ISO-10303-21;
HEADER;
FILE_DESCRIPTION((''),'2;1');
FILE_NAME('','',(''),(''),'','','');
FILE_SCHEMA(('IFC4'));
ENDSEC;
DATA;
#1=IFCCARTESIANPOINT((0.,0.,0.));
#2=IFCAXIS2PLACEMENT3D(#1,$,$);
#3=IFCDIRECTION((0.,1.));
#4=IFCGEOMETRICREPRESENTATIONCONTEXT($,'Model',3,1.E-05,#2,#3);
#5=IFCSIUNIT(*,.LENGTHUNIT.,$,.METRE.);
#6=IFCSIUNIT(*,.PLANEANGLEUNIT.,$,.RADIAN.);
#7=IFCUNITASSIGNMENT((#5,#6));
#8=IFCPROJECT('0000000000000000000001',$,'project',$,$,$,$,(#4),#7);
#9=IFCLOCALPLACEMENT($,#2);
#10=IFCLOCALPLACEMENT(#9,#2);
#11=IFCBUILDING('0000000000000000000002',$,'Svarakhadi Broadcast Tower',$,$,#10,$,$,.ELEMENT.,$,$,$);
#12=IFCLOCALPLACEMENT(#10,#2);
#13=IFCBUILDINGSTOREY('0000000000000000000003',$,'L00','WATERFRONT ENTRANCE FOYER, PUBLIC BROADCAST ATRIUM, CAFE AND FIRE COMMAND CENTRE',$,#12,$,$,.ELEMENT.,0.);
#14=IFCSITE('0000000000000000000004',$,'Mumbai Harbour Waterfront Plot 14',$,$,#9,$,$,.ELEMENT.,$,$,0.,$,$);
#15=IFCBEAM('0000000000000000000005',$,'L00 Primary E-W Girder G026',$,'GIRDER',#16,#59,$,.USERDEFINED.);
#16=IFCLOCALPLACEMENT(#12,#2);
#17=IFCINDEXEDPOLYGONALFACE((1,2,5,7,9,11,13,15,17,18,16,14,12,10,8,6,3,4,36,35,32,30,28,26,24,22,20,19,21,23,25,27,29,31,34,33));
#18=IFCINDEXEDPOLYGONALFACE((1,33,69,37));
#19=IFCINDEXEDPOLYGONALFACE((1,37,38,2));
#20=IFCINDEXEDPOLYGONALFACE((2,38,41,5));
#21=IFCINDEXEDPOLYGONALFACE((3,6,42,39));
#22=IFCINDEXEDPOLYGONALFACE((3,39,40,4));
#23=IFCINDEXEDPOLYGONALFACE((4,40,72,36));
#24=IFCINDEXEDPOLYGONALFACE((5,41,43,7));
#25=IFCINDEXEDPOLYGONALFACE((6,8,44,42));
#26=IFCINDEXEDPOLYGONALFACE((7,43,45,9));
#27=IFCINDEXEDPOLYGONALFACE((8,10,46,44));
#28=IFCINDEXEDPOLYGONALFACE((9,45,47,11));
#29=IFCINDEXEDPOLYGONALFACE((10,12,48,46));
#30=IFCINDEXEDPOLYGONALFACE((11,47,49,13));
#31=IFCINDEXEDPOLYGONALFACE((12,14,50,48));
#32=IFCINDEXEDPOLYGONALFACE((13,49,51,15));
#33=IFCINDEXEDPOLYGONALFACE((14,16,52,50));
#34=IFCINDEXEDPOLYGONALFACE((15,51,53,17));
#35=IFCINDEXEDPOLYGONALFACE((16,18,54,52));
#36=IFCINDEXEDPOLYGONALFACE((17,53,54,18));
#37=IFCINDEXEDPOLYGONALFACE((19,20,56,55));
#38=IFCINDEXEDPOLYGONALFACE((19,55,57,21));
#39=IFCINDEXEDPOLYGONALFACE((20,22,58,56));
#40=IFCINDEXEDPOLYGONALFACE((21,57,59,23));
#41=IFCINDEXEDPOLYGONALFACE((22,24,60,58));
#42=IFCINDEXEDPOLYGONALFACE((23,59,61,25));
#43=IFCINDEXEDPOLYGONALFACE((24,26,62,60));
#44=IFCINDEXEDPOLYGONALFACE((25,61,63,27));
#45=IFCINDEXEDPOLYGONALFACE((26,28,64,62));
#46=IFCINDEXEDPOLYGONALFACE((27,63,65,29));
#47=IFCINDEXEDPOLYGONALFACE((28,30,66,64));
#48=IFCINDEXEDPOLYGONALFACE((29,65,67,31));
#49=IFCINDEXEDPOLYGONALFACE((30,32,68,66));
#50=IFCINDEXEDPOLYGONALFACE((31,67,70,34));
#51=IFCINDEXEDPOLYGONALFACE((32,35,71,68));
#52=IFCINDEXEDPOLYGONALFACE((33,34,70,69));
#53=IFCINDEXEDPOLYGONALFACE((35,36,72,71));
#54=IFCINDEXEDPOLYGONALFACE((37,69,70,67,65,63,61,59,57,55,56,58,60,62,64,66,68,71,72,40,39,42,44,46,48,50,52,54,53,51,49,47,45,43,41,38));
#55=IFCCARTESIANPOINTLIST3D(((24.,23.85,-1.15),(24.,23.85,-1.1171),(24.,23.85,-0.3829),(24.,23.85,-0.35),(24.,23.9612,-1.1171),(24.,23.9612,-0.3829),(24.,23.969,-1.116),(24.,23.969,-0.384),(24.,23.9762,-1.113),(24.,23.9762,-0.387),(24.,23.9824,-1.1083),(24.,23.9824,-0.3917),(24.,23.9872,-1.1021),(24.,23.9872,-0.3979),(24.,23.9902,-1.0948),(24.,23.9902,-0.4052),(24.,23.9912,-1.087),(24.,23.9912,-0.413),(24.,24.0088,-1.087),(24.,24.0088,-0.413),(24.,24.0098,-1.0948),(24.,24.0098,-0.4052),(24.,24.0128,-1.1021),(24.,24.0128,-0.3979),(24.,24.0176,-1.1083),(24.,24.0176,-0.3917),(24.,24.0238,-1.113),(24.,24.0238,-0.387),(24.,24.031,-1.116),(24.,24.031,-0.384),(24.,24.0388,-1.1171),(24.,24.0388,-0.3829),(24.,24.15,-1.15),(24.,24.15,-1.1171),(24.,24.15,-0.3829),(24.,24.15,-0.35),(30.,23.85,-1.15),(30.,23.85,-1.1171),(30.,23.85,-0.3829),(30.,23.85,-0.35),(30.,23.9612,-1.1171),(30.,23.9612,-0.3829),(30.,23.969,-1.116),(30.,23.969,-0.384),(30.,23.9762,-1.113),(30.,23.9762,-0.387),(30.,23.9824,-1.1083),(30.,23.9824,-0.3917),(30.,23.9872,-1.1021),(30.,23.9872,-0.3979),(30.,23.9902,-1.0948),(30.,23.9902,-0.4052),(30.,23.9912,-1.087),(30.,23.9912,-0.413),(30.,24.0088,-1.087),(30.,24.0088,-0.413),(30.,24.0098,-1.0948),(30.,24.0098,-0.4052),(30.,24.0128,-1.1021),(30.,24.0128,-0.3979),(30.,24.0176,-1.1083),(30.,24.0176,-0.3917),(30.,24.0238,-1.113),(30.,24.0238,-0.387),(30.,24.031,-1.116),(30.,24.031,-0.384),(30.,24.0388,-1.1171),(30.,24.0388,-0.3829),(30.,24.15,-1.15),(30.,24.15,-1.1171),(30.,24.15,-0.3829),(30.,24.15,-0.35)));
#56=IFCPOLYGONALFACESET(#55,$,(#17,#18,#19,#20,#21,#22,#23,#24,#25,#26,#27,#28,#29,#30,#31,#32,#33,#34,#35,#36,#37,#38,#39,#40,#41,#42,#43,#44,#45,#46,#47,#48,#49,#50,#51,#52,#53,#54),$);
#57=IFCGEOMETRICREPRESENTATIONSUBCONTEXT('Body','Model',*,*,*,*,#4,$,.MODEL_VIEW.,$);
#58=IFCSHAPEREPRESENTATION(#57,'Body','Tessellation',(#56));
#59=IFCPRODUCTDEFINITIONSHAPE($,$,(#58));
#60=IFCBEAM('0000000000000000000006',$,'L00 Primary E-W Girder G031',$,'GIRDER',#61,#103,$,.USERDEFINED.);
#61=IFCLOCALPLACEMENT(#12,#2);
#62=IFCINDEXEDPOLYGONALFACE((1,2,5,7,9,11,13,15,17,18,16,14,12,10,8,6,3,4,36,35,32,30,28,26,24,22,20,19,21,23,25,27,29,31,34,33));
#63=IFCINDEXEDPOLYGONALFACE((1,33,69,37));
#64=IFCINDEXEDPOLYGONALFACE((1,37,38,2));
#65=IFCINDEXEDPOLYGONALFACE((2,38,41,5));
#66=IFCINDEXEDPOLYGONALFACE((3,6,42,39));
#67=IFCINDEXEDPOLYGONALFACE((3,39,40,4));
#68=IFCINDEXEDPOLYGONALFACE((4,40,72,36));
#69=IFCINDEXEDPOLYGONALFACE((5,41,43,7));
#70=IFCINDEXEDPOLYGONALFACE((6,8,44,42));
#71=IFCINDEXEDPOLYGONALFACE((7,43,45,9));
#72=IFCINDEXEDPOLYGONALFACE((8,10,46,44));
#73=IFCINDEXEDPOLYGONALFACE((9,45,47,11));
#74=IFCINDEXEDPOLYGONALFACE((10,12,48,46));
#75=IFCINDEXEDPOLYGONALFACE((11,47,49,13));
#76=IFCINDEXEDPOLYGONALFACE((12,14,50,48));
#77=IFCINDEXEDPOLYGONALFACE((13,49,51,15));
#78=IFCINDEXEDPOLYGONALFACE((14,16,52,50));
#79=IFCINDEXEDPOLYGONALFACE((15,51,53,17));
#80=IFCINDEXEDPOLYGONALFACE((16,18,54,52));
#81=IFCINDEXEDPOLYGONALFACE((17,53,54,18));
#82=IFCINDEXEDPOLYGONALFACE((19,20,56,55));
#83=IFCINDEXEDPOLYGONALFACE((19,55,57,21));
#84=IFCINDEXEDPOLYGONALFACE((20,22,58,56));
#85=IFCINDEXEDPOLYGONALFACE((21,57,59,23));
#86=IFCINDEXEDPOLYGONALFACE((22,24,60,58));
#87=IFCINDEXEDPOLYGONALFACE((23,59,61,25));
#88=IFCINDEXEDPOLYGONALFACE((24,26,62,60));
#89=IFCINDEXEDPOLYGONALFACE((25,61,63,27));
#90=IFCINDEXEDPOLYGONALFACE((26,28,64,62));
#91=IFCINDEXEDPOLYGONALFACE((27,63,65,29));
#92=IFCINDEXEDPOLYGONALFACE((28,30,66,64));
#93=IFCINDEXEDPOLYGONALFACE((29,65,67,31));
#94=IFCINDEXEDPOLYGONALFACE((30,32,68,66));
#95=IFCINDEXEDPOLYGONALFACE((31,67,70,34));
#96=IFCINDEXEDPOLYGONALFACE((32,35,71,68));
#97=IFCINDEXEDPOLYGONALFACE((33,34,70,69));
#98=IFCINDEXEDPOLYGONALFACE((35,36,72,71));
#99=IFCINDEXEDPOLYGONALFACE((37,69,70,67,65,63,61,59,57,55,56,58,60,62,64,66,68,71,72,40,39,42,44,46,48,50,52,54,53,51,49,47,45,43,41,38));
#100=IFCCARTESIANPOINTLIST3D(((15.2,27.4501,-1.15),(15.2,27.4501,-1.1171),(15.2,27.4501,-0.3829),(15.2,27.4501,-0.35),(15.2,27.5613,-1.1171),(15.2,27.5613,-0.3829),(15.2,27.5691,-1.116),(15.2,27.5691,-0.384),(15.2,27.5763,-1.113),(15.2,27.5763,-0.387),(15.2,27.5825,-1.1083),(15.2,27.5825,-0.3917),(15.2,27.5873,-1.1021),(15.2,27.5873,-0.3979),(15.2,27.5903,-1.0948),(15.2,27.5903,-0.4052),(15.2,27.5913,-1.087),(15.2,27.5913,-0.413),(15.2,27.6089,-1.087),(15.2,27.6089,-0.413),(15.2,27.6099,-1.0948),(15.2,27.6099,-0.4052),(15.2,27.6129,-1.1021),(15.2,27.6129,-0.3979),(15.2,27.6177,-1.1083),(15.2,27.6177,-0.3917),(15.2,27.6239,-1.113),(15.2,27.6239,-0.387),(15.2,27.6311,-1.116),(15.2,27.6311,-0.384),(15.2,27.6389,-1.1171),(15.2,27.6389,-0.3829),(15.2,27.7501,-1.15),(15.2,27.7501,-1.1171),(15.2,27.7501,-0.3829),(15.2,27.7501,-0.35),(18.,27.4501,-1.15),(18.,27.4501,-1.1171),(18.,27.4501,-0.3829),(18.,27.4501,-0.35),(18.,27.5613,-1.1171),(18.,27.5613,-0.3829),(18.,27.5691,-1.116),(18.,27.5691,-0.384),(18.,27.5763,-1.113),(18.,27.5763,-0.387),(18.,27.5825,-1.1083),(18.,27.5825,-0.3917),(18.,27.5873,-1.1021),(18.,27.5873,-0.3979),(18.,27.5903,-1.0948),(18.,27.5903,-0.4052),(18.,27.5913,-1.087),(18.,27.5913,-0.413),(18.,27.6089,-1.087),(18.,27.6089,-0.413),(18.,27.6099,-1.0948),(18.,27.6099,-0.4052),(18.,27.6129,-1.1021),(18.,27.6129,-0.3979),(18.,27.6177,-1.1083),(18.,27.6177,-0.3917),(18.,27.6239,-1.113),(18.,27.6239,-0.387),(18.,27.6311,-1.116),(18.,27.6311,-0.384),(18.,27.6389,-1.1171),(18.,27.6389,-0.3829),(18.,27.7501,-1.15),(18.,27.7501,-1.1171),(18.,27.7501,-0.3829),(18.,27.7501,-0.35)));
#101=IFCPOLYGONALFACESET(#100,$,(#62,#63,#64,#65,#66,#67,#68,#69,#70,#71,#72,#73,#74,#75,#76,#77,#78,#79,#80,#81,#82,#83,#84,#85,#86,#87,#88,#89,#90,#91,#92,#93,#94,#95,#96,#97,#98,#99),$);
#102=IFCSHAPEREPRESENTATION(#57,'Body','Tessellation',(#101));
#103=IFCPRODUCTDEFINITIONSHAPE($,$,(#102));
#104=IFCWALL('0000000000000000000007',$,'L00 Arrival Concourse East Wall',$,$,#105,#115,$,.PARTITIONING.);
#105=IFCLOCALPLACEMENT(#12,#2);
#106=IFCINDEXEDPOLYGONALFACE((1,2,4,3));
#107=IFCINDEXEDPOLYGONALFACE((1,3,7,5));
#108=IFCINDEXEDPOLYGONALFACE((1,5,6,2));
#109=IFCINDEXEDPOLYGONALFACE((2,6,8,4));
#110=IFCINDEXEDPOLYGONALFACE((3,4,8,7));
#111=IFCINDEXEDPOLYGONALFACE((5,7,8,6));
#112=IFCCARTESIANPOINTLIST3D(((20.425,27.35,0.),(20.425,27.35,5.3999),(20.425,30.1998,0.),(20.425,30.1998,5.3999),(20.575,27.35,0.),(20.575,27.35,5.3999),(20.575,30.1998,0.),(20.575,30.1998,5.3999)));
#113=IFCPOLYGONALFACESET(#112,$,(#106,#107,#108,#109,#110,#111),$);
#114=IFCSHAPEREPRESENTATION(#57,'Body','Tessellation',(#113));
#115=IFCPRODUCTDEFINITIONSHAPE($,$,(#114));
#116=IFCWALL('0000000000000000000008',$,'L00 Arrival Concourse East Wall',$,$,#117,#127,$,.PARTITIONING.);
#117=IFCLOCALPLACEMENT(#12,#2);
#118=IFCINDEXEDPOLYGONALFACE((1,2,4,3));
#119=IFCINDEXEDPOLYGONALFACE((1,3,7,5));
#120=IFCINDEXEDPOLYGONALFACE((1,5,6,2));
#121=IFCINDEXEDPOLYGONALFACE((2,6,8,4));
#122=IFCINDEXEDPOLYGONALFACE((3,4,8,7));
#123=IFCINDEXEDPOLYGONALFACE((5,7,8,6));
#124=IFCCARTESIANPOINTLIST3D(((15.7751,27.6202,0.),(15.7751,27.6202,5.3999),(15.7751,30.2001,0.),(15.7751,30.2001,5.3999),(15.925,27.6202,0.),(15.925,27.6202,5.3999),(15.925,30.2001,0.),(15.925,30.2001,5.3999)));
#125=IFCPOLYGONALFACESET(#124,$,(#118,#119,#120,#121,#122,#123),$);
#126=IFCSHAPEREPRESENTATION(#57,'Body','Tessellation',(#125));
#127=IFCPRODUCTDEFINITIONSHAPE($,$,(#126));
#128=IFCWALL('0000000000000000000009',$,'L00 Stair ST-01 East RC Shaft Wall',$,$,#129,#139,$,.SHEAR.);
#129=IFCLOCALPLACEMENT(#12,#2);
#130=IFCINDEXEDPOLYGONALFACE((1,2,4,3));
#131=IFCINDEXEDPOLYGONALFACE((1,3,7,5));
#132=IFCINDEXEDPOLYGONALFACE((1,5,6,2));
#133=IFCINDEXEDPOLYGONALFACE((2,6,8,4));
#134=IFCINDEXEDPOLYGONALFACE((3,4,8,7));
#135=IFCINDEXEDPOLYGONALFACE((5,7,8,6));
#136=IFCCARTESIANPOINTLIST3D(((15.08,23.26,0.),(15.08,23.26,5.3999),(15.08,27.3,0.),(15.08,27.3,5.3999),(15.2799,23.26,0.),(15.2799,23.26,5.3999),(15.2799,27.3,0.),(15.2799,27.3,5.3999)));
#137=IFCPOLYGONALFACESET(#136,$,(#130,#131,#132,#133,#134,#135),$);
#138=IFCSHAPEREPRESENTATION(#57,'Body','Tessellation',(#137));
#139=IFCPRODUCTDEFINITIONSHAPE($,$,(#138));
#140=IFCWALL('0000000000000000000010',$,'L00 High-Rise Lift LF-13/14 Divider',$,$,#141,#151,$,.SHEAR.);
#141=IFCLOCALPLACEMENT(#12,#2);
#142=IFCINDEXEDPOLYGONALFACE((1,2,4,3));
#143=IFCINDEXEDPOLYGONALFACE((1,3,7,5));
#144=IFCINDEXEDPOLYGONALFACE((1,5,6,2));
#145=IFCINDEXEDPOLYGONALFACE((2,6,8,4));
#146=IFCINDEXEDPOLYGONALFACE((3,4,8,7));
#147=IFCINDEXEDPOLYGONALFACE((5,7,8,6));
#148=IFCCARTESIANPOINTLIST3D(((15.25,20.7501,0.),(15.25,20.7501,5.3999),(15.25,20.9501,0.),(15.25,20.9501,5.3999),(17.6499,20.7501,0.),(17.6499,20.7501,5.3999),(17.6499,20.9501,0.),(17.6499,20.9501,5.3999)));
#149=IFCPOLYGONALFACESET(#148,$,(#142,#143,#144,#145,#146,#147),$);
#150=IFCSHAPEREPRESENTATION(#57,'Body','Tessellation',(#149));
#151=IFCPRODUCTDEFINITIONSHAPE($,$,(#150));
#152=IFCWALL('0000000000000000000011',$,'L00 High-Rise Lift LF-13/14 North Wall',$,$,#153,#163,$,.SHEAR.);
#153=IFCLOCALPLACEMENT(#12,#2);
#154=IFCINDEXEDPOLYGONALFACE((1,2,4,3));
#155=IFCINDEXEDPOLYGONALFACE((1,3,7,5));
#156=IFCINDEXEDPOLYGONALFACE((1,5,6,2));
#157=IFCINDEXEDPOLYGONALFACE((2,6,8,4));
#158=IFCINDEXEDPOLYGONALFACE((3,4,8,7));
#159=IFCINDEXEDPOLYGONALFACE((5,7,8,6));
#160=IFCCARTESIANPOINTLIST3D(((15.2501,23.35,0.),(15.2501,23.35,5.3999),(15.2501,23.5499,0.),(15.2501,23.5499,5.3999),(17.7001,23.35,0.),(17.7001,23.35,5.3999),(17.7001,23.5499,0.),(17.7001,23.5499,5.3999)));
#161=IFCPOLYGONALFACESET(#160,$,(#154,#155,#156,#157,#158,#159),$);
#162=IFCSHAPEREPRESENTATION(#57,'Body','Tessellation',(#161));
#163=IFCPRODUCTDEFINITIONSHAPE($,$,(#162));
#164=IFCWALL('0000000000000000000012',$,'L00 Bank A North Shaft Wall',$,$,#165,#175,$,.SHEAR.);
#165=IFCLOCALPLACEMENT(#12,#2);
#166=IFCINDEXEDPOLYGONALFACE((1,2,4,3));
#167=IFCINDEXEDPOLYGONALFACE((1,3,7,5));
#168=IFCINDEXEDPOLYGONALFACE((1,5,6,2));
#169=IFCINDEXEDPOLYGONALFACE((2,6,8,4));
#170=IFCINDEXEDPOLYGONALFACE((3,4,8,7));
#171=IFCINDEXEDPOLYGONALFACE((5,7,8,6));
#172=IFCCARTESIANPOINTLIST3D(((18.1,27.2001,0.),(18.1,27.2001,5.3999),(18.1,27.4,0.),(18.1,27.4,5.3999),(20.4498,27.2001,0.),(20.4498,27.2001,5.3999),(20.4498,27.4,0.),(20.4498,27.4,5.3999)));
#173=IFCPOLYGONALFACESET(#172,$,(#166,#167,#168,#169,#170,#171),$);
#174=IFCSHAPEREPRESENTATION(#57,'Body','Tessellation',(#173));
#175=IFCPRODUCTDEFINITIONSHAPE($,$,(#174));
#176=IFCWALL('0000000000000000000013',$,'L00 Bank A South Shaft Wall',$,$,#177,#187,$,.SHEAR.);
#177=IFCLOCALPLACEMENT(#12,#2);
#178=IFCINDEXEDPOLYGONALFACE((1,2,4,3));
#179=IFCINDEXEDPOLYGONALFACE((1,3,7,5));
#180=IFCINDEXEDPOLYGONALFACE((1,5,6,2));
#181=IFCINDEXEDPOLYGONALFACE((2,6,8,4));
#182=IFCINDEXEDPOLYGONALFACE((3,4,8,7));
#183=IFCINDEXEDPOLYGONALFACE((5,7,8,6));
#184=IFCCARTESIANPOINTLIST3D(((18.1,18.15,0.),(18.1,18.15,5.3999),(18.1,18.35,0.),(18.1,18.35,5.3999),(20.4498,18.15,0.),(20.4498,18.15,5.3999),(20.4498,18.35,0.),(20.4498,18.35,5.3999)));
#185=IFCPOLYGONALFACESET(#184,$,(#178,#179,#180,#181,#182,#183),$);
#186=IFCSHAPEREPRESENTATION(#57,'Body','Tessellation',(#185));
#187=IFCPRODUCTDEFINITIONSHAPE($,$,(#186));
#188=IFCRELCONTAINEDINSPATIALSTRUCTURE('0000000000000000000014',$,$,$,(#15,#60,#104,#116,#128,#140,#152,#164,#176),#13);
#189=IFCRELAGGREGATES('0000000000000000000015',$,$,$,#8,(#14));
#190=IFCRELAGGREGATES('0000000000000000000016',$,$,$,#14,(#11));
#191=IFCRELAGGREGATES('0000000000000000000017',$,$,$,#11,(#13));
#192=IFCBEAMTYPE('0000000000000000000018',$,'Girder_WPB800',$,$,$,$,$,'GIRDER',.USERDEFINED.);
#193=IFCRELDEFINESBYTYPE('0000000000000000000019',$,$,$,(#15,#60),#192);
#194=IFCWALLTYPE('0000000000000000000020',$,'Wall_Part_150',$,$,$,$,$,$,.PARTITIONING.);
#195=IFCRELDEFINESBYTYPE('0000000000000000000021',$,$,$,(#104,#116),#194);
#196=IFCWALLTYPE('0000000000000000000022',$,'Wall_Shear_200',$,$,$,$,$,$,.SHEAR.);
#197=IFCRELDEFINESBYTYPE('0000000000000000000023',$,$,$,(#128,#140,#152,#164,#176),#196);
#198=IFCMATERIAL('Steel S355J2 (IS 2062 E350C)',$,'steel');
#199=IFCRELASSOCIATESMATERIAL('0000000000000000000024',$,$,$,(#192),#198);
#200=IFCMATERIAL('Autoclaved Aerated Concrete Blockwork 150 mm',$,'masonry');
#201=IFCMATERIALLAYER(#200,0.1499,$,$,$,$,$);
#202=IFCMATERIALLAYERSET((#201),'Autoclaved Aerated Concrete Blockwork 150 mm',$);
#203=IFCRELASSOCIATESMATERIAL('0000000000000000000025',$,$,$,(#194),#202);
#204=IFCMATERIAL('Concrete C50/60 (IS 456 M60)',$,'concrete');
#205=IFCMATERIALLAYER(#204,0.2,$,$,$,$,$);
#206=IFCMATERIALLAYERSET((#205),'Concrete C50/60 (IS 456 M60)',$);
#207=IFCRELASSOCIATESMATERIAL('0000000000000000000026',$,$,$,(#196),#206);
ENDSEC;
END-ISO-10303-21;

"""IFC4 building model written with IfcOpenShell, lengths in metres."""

from ifc_helpers import new_model, si_unit, direction, frame, frame_2d, origin, origin_2d, place, context, subcontext, project, spatial, rectangle, i_section, extrude, material, layer, layer_set, material_profile, profile_set, type_object, element, save


model = new_model("IFC4")

# Units and contexts
model_context = context("Model", 3, precision=1e-05, world=origin(), true_north=direction((0.0, 1.0)))
body_context = subcontext(model_context, "Body", "Model", "MODEL_VIEW")
ifc_project = project(units=[si_unit("LENGTHUNIT", "METRE"), si_unit("PLANEANGLEUNIT", "RADIAN")], contexts=[model_context])

# Site, building, storey
site_placement = place(None, origin())
site = spatial("IfcSite", under=ifc_project, at=site_placement, Name="Mumbai Harbour Waterfront Plot 14", CompositionType="ELEMENT", RefElevation=0.0)
building_placement = place(site_placement, origin())
building = spatial("IfcBuilding", under=site, at=building_placement, Name="Svarakhadi Broadcast Tower", CompositionType="ELEMENT")
storey_placement = place(building_placement, origin())
storey = spatial("IfcBuildingStorey", under=building, at=storey_placement, Name="L00", Description="WATERFRONT ENTRANCE FOYER, PUBLIC BROADCAST ATRIUM, CAFE AND FIRE COMMAND CENTRE", CompositionType="ELEMENT", Elevation=0.0)

# Beams
ifc_material_1 = material(Name="Steel S355J2 (IS 2062 E350C)", Category="steel")
ifc_material_profile_1 = material_profile(ifc_material_1, i_section(OverallWidth=0.3, OverallDepth=0.8, WebThickness=0.0176, FlangeThickness=0.033, FilletRadius=0.03, at=origin_2d()), Name="WPB 800x300x262")
ifc_profile_set_1 = profile_set([ifc_material_profile_1], Name="Steel S355J2 (IS 2062 E350C)")
beam_type_1 = type_object("IfcBeamType", Name="Girder_WPB800", ElementType="GIRDER", PredefinedType="USERDEFINED", material=ifc_profile_set_1)
beam_1_placement = place(storey_placement, frame((24.0, 24.0, -0.75), z_axis=(1.0, 0.0, 0.0), x_axis=(0.0, 1.0, 0.0)))
element("IfcBeam", 1, at=beam_1_placement, inside=storey, type_object=beam_type_1, Name="L00 Primary E-W Girder G026", ObjectType="GIRDER", PredefinedType="USERDEFINED", context=body_context, shape_type="SweptSolid", body=[
    extrude(i_section(OverallWidth=0.3, OverallDepth=0.8, WebThickness=0.0176, FlangeThickness=0.033, FilletRadius=0.03, at=origin_2d()), origin(), (0.0, 0.0, 1.0), 6.0),
])
beam_2_placement = place(storey_placement, frame((15.2, 27.6001, -0.75), z_axis=(1.0, 0.0, 0.0), x_axis=(0.0, 1.0, 0.0)))
element("IfcBeam", 2, at=beam_2_placement, inside=storey, type_object=beam_type_1, Name="L00 Primary E-W Girder G031", ObjectType="GIRDER", PredefinedType="USERDEFINED", context=body_context, shape_type="SweptSolid", body=[
    extrude(i_section(OverallWidth=0.3, OverallDepth=0.8, WebThickness=0.0176, FlangeThickness=0.033, FilletRadius=0.03, at=origin_2d()), origin(), (0.0, 0.0, 1.0), 2.8),
])

# Walls
ifc_material_2 = material(Name="Autoclaved Aerated Concrete Blockwork 150 mm", Category="masonry")
ifc_layer_1 = layer(ifc_material_2, 0.1499)
ifc_layer_set_1 = layer_set([ifc_layer_1], Name="Autoclaved Aerated Concrete Blockwork 150 mm")
wall_type_1 = type_object("IfcWallType", Name="Wall_Part_150", PredefinedType="PARTITIONING", material=ifc_layer_set_1)
wall_1_placement = place(storey_placement, frame((20.5, 27.3501, 0.0), z_axis=(0.0, 0.0, 1.0), x_axis=(0.0, 1.0, 0.0)))
element("IfcWall", 3, at=wall_1_placement, inside=storey, type_object=wall_type_1, Name="L00 Arrival Concourse East Wall", PredefinedType="PARTITIONING", context=body_context, shape_type="SweptSolid", body=[
    extrude(rectangle(XDim=2.8499, YDim=0.1499, at=frame_2d((1.4248, 0.0))), origin(), (0.0, 0.0, 1.0), 5.3999),
])
wall_2_placement = place(storey_placement, frame((15.8501, 27.6201, 0.0), z_axis=(0.0, 0.0, 1.0), x_axis=(0.0, 1.0, 0.0)))
element("IfcWall", 4, at=wall_2_placement, inside=storey, type_object=wall_type_1, Name="L00 Arrival Concourse East Wall", PredefinedType="PARTITIONING", context=body_context, shape_type="SweptSolid", body=[
    extrude(rectangle(XDim=2.5798, YDim=0.1499, at=frame_2d((1.29, 0.0))), origin(), (0.0, 0.0, 1.0), 5.3999),
])
ifc_material_3 = material(Name="Concrete C50/60 (IS 456 M60)", Category="concrete")
ifc_layer_2 = layer(ifc_material_3, 0.2)
ifc_layer_set_2 = layer_set([ifc_layer_2], Name="Concrete C50/60 (IS 456 M60)")
wall_type_2 = type_object("IfcWallType", Name="Wall_Shear_200", PredefinedType="SHEAR", material=ifc_layer_set_2)
wall_3_placement = place(storey_placement, frame((15.1799, 23.26, 0.0), z_axis=(0.0, 0.0, 1.0), x_axis=(0.0, 1.0, 0.0)))
element("IfcWall", 5, at=wall_3_placement, inside=storey, type_object=wall_type_2, Name="L00 Stair ST-01 East RC Shaft Wall", PredefinedType="SHEAR", context=body_context, shape_type="SweptSolid", body=[
    extrude(rectangle(XDim=4.04, YDim=0.2, at=frame_2d((2.02, 0.0))), origin(), (0.0, 0.0, 1.0), 5.3999),
])
wall_4_placement = place(storey_placement, frame((15.25, 20.8501, 0.0), z_axis=(0.0, 0.0, 1.0), x_axis=(1.0, 0.0, 0.0)))
element("IfcWall", 6, at=wall_4_placement, inside=storey, type_object=wall_type_2, Name="L00 High-Rise Lift LF-13/14 Divider", PredefinedType="SHEAR", context=body_context, shape_type="SweptSolid", body=[
    extrude(rectangle(XDim=2.3999, YDim=0.2, at=frame_2d((1.2, 0.0))), origin(), (0.0, 0.0, 1.0), 5.3999),
])
wall_5_placement = place(storey_placement, frame((15.25, 23.45, 0.0), z_axis=(0.0, 0.0, 1.0), x_axis=(1.0, 0.0, 0.0)))
element("IfcWall", 7, at=wall_5_placement, inside=storey, type_object=wall_type_2, Name="L00 High-Rise Lift LF-13/14 North Wall", PredefinedType="SHEAR", context=body_context, shape_type="SweptSolid", body=[
    extrude(rectangle(XDim=2.45, YDim=0.2, at=frame_2d((1.2251, 0.0))), origin(), (0.0, 0.0, 1.0), 5.3999),
])
for number, where, z_axis, x_axis, name in (
    (8, (18.1001, 27.3, 0.0), (0.0, 0.0, 1.0), (1.0, 0.0, 0.0), "L00 Bank A North Shaft Wall"),
    (9, (18.1001, 18.25, 0.0), (0.0, 0.0, 1.0), (1.0, 0.0, 0.0), "L00 Bank A South Shaft Wall"),
):
    element("IfcWall", number, at=place(storey_placement, frame(where, z_axis=z_axis, x_axis=x_axis)), inside=storey, type_object=wall_type_2, Name=name, PredefinedType="SHEAR", context=body_context, shape_type="SweptSolid", body=[
        extrude(rectangle(XDim=2.3499, YDim=0.2, at=frame_2d((1.1748, 0.0))), origin(), (0.0, 0.0, 1.0), 5.3999),
    ])

save(model, "model.ifc")
